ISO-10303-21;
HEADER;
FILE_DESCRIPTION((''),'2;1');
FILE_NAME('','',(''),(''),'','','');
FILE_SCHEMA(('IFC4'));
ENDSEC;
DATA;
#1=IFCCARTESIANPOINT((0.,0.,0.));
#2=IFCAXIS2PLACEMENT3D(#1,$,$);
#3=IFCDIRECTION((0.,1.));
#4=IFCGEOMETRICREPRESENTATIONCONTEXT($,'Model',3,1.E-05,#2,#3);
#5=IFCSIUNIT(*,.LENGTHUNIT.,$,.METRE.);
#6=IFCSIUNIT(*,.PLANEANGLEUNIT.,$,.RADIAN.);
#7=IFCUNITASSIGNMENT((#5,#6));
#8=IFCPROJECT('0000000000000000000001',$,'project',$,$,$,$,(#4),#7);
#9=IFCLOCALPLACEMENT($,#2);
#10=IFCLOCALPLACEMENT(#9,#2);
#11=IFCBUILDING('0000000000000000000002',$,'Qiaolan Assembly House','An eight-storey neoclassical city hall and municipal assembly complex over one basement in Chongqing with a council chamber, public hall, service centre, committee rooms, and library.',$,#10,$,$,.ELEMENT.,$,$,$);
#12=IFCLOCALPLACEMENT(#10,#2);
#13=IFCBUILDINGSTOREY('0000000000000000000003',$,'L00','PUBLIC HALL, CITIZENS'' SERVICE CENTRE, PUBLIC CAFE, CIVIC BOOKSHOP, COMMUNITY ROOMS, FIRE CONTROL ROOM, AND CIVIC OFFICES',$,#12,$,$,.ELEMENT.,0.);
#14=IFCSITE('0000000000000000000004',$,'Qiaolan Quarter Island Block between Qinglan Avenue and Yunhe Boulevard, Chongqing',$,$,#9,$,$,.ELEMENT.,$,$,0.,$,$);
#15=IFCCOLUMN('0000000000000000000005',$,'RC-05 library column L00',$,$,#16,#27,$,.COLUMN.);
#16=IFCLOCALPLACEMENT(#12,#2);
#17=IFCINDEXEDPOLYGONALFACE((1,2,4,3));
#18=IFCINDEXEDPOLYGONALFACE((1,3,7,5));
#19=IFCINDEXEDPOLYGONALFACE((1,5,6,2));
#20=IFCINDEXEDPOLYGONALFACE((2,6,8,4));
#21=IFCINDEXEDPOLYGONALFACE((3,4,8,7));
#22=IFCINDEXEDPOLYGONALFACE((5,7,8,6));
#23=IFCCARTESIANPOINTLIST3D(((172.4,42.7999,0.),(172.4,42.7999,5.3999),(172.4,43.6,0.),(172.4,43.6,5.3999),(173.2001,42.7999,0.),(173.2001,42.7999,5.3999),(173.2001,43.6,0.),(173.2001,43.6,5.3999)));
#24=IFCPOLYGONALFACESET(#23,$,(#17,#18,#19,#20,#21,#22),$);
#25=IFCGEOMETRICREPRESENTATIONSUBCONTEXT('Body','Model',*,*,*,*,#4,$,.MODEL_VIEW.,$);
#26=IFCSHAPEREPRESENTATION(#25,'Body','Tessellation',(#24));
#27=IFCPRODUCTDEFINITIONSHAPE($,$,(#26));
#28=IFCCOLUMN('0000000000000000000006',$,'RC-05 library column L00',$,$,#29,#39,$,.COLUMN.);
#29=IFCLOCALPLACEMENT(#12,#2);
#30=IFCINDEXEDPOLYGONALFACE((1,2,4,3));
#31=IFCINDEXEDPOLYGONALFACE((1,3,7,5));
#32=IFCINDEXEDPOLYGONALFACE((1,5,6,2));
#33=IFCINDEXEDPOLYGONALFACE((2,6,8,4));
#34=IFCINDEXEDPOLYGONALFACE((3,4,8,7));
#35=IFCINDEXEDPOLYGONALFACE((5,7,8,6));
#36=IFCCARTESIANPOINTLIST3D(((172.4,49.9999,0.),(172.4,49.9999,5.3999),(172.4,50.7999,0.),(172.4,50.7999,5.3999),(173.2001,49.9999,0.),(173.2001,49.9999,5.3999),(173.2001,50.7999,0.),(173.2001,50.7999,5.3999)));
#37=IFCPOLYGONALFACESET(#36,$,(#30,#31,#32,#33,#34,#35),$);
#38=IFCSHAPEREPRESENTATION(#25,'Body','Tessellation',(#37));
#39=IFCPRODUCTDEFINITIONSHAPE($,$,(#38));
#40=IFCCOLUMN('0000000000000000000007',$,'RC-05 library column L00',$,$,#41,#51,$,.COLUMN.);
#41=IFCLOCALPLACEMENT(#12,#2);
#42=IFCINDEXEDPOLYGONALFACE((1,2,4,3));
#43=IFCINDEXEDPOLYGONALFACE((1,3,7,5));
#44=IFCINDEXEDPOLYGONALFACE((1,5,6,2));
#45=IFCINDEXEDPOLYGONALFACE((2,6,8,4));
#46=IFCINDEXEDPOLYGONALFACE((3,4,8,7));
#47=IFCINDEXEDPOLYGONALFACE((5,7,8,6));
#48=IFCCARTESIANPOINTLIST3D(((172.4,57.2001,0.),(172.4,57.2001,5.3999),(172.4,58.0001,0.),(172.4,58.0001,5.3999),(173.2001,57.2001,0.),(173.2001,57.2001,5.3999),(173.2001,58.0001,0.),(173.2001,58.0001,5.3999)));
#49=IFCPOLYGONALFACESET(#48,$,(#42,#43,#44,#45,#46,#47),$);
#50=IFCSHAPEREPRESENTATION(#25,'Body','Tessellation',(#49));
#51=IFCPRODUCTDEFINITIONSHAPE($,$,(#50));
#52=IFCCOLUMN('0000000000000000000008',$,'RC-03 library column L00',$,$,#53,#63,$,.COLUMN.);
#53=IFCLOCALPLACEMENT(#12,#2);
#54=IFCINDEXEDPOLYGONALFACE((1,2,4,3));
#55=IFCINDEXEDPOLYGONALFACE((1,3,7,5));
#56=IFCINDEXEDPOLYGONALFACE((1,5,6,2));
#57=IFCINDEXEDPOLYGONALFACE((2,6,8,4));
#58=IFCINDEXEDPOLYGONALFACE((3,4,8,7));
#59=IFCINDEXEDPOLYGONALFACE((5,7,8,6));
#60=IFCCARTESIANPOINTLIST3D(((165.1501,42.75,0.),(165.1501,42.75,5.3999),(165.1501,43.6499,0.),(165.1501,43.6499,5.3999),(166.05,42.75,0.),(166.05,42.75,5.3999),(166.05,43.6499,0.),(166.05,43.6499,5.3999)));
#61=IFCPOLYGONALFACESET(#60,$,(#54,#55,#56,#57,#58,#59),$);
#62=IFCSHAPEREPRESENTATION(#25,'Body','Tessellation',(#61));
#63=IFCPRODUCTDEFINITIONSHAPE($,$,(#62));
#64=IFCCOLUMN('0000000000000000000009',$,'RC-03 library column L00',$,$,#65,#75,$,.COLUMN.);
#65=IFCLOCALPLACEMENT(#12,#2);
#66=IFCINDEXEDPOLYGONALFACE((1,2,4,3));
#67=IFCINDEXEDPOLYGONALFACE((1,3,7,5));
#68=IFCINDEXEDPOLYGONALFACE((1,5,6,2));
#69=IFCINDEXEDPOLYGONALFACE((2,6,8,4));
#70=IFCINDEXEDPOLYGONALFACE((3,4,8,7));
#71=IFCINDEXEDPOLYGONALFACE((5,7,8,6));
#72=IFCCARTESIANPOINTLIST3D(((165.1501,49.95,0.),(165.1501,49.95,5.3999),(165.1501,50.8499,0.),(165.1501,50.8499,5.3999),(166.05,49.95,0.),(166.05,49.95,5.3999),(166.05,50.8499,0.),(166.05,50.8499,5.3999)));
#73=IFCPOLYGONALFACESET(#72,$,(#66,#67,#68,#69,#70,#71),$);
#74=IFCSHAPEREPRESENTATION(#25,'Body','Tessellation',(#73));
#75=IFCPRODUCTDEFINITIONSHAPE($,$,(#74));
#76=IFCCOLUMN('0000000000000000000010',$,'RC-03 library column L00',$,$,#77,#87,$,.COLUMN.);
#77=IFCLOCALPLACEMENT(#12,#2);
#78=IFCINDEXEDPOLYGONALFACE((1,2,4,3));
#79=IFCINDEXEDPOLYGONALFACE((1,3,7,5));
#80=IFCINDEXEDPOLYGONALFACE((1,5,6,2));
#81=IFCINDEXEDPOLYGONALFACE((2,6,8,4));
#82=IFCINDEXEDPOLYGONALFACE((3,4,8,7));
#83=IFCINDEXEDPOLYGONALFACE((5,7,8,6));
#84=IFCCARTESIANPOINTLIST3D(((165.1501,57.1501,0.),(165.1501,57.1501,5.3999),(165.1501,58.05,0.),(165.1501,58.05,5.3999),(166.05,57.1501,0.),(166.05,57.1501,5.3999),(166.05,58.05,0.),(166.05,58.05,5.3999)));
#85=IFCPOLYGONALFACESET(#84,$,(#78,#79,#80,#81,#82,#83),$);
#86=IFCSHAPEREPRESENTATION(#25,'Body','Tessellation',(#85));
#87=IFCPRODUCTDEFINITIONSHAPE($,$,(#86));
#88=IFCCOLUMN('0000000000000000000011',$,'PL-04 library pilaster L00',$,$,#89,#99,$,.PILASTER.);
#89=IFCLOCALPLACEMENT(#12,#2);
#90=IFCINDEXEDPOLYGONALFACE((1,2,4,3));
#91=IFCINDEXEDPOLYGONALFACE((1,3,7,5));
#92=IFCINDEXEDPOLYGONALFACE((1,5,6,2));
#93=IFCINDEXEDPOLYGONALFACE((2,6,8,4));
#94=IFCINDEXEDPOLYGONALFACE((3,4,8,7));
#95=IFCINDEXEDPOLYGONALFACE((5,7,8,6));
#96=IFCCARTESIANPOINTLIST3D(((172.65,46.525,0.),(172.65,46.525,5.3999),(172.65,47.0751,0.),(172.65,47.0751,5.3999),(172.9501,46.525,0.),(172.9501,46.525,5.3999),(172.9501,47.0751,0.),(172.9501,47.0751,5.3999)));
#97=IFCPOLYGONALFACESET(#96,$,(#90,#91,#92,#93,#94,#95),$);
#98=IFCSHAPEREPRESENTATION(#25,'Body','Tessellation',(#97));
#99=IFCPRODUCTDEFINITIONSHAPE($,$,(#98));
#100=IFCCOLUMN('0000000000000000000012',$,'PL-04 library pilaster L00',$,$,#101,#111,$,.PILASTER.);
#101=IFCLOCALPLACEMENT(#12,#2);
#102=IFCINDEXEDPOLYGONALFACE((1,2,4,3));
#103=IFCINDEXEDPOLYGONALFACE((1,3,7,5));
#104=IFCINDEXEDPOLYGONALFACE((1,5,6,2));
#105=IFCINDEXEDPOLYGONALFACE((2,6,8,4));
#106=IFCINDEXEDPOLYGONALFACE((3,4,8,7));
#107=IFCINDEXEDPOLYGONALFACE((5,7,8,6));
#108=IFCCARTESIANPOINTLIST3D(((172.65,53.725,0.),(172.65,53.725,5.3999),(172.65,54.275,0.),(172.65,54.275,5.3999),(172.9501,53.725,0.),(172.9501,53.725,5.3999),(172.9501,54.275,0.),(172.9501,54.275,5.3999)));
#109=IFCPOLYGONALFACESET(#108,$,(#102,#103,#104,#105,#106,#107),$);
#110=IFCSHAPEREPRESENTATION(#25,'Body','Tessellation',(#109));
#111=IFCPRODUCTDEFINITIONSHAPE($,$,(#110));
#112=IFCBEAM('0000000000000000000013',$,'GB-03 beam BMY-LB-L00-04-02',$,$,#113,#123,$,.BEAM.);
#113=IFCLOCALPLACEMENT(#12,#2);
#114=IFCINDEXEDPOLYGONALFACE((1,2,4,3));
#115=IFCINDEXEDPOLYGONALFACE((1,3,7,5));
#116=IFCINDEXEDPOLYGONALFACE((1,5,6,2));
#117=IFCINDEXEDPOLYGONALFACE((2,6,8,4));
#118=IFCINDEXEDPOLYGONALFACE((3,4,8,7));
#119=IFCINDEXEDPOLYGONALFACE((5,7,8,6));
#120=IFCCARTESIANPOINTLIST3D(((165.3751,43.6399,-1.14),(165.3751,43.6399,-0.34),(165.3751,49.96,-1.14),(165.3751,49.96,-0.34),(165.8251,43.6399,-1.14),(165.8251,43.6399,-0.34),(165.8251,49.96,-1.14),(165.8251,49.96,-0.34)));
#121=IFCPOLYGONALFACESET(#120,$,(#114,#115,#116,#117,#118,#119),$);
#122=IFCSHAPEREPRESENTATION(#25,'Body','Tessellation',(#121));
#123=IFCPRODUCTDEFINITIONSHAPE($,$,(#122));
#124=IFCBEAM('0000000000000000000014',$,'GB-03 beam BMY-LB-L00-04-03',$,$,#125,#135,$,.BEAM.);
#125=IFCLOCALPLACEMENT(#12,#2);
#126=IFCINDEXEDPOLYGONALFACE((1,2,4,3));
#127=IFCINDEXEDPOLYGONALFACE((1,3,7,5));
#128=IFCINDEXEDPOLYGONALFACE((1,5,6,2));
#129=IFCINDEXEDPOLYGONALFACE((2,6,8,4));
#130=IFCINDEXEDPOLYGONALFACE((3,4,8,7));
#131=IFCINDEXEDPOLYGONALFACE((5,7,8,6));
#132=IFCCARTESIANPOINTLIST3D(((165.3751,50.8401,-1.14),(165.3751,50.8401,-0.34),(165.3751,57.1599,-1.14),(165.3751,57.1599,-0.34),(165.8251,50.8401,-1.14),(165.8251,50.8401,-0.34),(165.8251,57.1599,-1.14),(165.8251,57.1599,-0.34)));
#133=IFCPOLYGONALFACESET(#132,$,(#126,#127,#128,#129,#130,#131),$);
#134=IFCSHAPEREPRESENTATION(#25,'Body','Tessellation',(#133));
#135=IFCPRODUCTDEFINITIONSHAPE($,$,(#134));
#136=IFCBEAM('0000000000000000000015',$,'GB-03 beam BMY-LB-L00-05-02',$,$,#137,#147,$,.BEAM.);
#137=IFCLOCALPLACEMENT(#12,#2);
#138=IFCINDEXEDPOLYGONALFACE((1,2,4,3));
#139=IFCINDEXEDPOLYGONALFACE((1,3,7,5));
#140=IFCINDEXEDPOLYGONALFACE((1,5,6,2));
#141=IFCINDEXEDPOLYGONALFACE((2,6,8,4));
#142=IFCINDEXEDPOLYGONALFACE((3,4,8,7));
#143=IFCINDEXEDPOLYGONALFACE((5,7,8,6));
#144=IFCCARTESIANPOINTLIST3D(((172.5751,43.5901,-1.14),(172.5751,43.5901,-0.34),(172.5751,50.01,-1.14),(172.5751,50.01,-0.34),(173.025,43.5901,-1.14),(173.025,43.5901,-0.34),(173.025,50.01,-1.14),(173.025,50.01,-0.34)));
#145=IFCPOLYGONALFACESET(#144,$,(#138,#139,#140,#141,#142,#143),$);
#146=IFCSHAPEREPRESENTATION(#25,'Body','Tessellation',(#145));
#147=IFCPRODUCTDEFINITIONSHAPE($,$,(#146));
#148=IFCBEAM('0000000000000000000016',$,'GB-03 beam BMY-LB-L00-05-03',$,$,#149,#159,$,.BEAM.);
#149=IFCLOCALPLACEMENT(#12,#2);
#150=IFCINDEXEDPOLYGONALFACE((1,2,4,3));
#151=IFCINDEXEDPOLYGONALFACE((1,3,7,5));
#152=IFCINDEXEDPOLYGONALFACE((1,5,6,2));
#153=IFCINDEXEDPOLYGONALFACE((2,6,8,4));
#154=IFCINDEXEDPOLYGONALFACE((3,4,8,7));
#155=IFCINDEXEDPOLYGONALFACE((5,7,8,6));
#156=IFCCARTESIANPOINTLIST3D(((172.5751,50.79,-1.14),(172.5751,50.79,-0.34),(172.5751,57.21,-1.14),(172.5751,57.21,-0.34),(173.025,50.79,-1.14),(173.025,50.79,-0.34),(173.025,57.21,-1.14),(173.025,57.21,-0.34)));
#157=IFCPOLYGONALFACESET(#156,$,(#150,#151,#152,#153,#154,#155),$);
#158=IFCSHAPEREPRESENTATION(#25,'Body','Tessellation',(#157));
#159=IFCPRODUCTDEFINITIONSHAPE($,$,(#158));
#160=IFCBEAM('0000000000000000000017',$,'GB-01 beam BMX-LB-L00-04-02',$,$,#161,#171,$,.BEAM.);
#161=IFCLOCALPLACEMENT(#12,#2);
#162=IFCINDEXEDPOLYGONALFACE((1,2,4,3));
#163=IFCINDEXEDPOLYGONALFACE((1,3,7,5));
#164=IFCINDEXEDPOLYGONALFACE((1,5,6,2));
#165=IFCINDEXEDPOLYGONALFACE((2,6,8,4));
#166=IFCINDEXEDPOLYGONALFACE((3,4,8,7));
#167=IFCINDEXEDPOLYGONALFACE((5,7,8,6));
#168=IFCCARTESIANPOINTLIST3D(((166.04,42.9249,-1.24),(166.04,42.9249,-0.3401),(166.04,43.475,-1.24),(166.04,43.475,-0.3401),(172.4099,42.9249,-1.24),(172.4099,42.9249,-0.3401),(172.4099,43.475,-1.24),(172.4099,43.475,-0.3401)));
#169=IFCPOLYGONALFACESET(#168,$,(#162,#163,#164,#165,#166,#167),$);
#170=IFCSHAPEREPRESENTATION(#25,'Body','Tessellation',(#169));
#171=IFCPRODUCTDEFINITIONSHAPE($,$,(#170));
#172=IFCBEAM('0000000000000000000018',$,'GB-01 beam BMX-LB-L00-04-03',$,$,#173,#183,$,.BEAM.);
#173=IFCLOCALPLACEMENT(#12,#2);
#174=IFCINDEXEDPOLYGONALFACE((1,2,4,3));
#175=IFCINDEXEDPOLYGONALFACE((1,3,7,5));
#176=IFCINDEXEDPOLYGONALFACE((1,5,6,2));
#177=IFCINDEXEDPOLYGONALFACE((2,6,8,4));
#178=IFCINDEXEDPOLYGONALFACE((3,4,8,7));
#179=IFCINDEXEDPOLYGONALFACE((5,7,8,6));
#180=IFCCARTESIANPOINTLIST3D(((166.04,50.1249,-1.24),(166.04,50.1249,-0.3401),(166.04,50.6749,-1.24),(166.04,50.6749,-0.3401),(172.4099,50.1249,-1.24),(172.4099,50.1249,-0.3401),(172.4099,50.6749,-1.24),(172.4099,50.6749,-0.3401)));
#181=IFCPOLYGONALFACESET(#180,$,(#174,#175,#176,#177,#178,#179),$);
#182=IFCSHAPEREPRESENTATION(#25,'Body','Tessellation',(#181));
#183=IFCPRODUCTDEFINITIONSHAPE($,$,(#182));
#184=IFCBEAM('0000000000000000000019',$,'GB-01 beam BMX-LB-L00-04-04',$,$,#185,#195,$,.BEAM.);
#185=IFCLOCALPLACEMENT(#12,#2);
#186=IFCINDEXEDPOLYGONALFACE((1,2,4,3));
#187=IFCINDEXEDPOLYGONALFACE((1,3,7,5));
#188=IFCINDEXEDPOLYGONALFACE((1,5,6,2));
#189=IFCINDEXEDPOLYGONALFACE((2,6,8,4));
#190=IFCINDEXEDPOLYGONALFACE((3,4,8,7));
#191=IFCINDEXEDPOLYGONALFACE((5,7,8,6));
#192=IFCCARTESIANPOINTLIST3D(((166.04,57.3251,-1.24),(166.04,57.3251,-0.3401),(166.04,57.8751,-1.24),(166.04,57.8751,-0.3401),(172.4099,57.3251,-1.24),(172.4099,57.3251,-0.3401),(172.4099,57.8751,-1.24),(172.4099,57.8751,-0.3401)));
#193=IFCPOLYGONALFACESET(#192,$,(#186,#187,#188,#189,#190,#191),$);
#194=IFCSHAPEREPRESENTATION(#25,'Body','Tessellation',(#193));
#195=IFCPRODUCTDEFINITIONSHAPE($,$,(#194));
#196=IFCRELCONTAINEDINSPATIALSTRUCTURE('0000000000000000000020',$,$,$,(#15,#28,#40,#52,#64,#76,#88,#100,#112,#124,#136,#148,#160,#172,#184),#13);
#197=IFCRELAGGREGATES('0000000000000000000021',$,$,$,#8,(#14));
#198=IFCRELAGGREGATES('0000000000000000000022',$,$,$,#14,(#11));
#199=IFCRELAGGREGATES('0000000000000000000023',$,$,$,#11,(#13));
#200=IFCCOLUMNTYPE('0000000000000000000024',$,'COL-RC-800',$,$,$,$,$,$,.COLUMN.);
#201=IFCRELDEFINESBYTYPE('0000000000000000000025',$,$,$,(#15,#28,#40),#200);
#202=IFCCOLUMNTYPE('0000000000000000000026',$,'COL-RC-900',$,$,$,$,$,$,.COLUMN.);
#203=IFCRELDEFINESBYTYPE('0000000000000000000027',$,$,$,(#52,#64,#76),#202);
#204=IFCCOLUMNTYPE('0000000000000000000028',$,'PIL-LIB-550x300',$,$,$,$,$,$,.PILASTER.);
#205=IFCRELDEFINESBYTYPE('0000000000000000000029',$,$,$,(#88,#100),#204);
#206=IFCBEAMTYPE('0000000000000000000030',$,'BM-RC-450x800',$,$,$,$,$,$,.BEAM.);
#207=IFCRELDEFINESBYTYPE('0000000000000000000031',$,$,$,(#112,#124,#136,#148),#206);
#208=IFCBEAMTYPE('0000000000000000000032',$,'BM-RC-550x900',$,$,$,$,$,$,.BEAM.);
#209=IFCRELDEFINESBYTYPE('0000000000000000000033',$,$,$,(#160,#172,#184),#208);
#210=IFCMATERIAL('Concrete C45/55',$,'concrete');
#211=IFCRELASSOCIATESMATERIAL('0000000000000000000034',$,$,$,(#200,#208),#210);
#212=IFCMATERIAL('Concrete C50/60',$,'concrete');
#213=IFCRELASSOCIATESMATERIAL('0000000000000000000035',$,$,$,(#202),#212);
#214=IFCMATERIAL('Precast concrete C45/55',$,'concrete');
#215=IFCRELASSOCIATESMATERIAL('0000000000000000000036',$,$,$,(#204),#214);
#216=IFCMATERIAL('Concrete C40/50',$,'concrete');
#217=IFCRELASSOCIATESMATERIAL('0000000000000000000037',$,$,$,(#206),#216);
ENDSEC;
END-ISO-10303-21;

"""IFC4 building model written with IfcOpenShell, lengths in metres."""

from ifc_helpers import new_model, si_unit, direction, frame, origin, origin_2d, place, context, subcontext, project, spatial, rectangle, extrude, material, material_profile, profile_set, type_object, element, save


model = new_model("IFC4")

# Units and contexts
model_context = context("Model", 3, precision=1e-05, world=origin(), true_north=direction((0.0, 1.0)))
body_context = subcontext(model_context, "Body", "Model", "MODEL_VIEW")
ifc_project = project(units=[si_unit("LENGTHUNIT", "METRE"), si_unit("PLANEANGLEUNIT", "RADIAN")], contexts=[model_context])

# Site, building, storey
site_placement = place(None, origin())
site = spatial("IfcSite", under=ifc_project, at=site_placement, Name="Qiaolan Quarter Island Block between Qinglan Avenue and Yunhe Boulevard, Chongqing", CompositionType="ELEMENT", RefElevation=0.0)
building_placement = place(site_placement, origin())
building = spatial("IfcBuilding", under=site, at=building_placement, Name="Qiaolan Assembly House", Description="An eight-storey neoclassical city hall and municipal assembly complex over one basement in Chongqing with a council chamber, public hall, service centre, committee rooms, and library.", CompositionType="ELEMENT")
storey_placement = place(building_placement, origin())
storey = spatial("IfcBuildingStorey", under=building, at=storey_placement, Name="L00", Description="PUBLIC HALL, CITIZENS' SERVICE CENTRE, PUBLIC CAFE, CIVIC BOOKSHOP, COMMUNITY ROOMS, FIRE CONTROL ROOM, AND CIVIC OFFICES", CompositionType="ELEMENT", Elevation=0.0)

# Columns
ifc_material_1 = material(Name="Concrete C45/55", Category="concrete")
ifc_material_profile_1 = material_profile(ifc_material_1, rectangle(XDim=0.8, YDim=0.8, at=origin_2d()), Name="RC 800x800")
ifc_profile_set_1 = profile_set([ifc_material_profile_1], Name="Concrete C45/55")
column_type_1 = type_object("IfcColumnType", Name="COL-RC-800", PredefinedType="COLUMN", material=ifc_profile_set_1)
for number, where, z_axis, x_axis, name in (
    (1, (172.8, 43.2, 0.0), (0.0, 0.0, 1.0), (1.0, 0.0, 0.0), "RC-05 library column L00"),
    (2, (172.8, 50.3999, 0.0), (0.0, 0.0, 1.0), (1.0, 0.0, 0.0), "RC-05 library column L00"),
    (3, (172.8, 57.6001, 0.0), (0.0, 0.0, 1.0), (1.0, 0.0, 0.0), "RC-05 library column L00"),
):
    element("IfcColumn", number, at=place(storey_placement, frame(where, z_axis=z_axis, x_axis=x_axis)), inside=storey, type_object=column_type_1, Name=name, PredefinedType="COLUMN", context=body_context, shape_type="SweptSolid", body=[
        extrude(rectangle(XDim=0.8, YDim=0.8, at=origin_2d()), origin(), (0.0, 0.0, 1.0), 5.3999),
    ])
ifc_material_2 = material(Name="Concrete C50/60", Category="concrete")
ifc_material_profile_2 = material_profile(ifc_material_2, rectangle(XDim=0.8999, YDim=0.8999, at=origin_2d()), Name="RC 900x900")
ifc_profile_set_2 = profile_set([ifc_material_profile_2], Name="Concrete C50/60")
column_type_2 = type_object("IfcColumnType", Name="COL-RC-900", PredefinedType="COLUMN", material=ifc_profile_set_2)
for number, where, z_axis, x_axis, name in (
    (4, (165.6001, 43.2, 0.0), (0.0, 0.0, 1.0), (1.0, 0.0, 0.0), "RC-03 library column L00"),
    (5, (165.6001, 50.3999, 0.0), (0.0, 0.0, 1.0), (1.0, 0.0, 0.0), "RC-03 library column L00"),
    (6, (165.6001, 57.6001, 0.0), (0.0, 0.0, 1.0), (1.0, 0.0, 0.0), "RC-03 library column L00"),
):
    element("IfcColumn", number, at=place(storey_placement, frame(where, z_axis=z_axis, x_axis=x_axis)), inside=storey, type_object=column_type_2, Name=name, PredefinedType="COLUMN", context=body_context, shape_type="SweptSolid", body=[
        extrude(rectangle(XDim=0.8999, YDim=0.8999, at=origin_2d()), origin(), (0.0, 0.0, 1.0), 5.3999),
    ])
ifc_material_3 = material(Name="Precast concrete C45/55", Category="concrete")
ifc_material_profile_3 = material_profile(ifc_material_3, rectangle(XDim=0.55, YDim=0.3, at=origin_2d()), Name="PIL 550x300")
ifc_profile_set_3 = profile_set([ifc_material_profile_3], Name="Precast concrete C45/55")
column_type_3 = type_object("IfcColumnType", Name="PIL-LIB-550x300", PredefinedType="PILASTER", material=ifc_profile_set_3)
for number, where, z_axis, x_axis, name in (
    (7, (172.8, 46.8, 0.0), (0.0, 0.0, 1.0), (0.0, 1.0, 0.0), "PL-04 library pilaster L00"),
    (8, (172.8, 54.0, 0.0), (0.0, 0.0, 1.0), (0.0, 1.0, 0.0), "PL-04 library pilaster L00"),
):
    element("IfcColumn", number, at=place(storey_placement, frame(where, z_axis=z_axis, x_axis=x_axis)), inside=storey, type_object=column_type_3, Name=name, PredefinedType="PILASTER", context=body_context, shape_type="SweptSolid", body=[
        extrude(rectangle(XDim=0.55, YDim=0.3, at=origin_2d()), origin(), (0.0, 0.0, 1.0), 5.3999),
    ])

# Beams
ifc_material_4 = material(Name="Concrete C40/50", Category="concrete")
ifc_material_profile_4 = material_profile(ifc_material_4, rectangle(XDim=0.45, YDim=0.8, at=origin_2d()), Name="RCB 450x800")
ifc_profile_set_4 = profile_set([ifc_material_profile_4], Name="Concrete C40/50")
beam_type_1 = type_object("IfcBeamType", Name="BM-RC-450x800", PredefinedType="BEAM", material=ifc_profile_set_4)
beam_1_placement = place(storey_placement, frame((165.6001, 43.6399, -0.74), z_axis=(0.0, 1.0, 0.0), x_axis=(-1.0, 0.0, 0.0)))
element("IfcBeam", 9, at=beam_1_placement, inside=storey, type_object=beam_type_1, Name="GB-03 beam BMY-LB-L00-04-02", PredefinedType="BEAM", context=body_context, shape_type="SweptSolid", body=[
    extrude(rectangle(XDim=0.45, YDim=0.8, at=origin_2d()), origin(), (0.0, 0.0, 1.0), 6.3201),
])
beam_2_placement = place(storey_placement, frame((165.6001, 50.8401, -0.74), z_axis=(0.0, 1.0, 0.0), x_axis=(-1.0, 0.0, 0.0)))
element("IfcBeam", 10, at=beam_2_placement, inside=storey, type_object=beam_type_1, Name="GB-03 beam BMY-LB-L00-04-03", PredefinedType="BEAM", context=body_context, shape_type="SweptSolid", body=[
    extrude(rectangle(XDim=0.45, YDim=0.8, at=origin_2d()), origin(), (0.0, 0.0, 1.0), 6.3198),
])
for number, where, z_axis, x_axis, name in (
    (11, (172.8, 43.5901, -0.74), (0.0, 1.0, 0.0), (-1.0, 0.0, 0.0), "GB-03 beam BMY-LB-L00-05-02"),
    (12, (172.8, 50.79, -0.74), (0.0, 1.0, 0.0), (-1.0, 0.0, 0.0), "GB-03 beam BMY-LB-L00-05-03"),
):
    element("IfcBeam", number, at=place(storey_placement, frame(where, z_axis=z_axis, x_axis=x_axis)), inside=storey, type_object=beam_type_1, Name=name, PredefinedType="BEAM", context=body_context, shape_type="SweptSolid", body=[
        extrude(rectangle(XDim=0.45, YDim=0.8, at=origin_2d()), origin(), (0.0, 0.0, 1.0), 6.4199),
    ])
ifc_material_profile_5 = material_profile(ifc_material_1, rectangle(XDim=0.55, YDim=0.8999, at=origin_2d()), Name="RCB 550x900")
ifc_profile_set_5 = profile_set([ifc_material_profile_5], Name="Concrete C45/55")
beam_type_2 = type_object("IfcBeamType", Name="BM-RC-550x900", PredefinedType="BEAM", material=ifc_profile_set_5)
for number, where, z_axis, x_axis, name in (
    (13, (166.04, 43.2, -0.79), (1.0, 0.0, 0.0), (0.0, 1.0, 0.0), "GB-01 beam BMX-LB-L00-04-02"),
    (14, (166.04, 50.3999, -0.79), (1.0, 0.0, 0.0), (0.0, 1.0, 0.0), "GB-01 beam BMX-LB-L00-04-03"),
    (15, (166.04, 57.6001, -0.79), (1.0, 0.0, 0.0), (0.0, 1.0, 0.0), "GB-01 beam BMX-LB-L00-04-04"),
):
    element("IfcBeam", number, at=place(storey_placement, frame(where, z_axis=z_axis, x_axis=x_axis)), inside=storey, type_object=beam_type_2, Name=name, PredefinedType="BEAM", context=body_context, shape_type="SweptSolid", body=[
        extrude(rectangle(XDim=0.55, YDim=0.8999, at=origin_2d()), origin(), (0.0, 0.0, 1.0), 6.3699),
    ])

save(model, "model.ifc")
